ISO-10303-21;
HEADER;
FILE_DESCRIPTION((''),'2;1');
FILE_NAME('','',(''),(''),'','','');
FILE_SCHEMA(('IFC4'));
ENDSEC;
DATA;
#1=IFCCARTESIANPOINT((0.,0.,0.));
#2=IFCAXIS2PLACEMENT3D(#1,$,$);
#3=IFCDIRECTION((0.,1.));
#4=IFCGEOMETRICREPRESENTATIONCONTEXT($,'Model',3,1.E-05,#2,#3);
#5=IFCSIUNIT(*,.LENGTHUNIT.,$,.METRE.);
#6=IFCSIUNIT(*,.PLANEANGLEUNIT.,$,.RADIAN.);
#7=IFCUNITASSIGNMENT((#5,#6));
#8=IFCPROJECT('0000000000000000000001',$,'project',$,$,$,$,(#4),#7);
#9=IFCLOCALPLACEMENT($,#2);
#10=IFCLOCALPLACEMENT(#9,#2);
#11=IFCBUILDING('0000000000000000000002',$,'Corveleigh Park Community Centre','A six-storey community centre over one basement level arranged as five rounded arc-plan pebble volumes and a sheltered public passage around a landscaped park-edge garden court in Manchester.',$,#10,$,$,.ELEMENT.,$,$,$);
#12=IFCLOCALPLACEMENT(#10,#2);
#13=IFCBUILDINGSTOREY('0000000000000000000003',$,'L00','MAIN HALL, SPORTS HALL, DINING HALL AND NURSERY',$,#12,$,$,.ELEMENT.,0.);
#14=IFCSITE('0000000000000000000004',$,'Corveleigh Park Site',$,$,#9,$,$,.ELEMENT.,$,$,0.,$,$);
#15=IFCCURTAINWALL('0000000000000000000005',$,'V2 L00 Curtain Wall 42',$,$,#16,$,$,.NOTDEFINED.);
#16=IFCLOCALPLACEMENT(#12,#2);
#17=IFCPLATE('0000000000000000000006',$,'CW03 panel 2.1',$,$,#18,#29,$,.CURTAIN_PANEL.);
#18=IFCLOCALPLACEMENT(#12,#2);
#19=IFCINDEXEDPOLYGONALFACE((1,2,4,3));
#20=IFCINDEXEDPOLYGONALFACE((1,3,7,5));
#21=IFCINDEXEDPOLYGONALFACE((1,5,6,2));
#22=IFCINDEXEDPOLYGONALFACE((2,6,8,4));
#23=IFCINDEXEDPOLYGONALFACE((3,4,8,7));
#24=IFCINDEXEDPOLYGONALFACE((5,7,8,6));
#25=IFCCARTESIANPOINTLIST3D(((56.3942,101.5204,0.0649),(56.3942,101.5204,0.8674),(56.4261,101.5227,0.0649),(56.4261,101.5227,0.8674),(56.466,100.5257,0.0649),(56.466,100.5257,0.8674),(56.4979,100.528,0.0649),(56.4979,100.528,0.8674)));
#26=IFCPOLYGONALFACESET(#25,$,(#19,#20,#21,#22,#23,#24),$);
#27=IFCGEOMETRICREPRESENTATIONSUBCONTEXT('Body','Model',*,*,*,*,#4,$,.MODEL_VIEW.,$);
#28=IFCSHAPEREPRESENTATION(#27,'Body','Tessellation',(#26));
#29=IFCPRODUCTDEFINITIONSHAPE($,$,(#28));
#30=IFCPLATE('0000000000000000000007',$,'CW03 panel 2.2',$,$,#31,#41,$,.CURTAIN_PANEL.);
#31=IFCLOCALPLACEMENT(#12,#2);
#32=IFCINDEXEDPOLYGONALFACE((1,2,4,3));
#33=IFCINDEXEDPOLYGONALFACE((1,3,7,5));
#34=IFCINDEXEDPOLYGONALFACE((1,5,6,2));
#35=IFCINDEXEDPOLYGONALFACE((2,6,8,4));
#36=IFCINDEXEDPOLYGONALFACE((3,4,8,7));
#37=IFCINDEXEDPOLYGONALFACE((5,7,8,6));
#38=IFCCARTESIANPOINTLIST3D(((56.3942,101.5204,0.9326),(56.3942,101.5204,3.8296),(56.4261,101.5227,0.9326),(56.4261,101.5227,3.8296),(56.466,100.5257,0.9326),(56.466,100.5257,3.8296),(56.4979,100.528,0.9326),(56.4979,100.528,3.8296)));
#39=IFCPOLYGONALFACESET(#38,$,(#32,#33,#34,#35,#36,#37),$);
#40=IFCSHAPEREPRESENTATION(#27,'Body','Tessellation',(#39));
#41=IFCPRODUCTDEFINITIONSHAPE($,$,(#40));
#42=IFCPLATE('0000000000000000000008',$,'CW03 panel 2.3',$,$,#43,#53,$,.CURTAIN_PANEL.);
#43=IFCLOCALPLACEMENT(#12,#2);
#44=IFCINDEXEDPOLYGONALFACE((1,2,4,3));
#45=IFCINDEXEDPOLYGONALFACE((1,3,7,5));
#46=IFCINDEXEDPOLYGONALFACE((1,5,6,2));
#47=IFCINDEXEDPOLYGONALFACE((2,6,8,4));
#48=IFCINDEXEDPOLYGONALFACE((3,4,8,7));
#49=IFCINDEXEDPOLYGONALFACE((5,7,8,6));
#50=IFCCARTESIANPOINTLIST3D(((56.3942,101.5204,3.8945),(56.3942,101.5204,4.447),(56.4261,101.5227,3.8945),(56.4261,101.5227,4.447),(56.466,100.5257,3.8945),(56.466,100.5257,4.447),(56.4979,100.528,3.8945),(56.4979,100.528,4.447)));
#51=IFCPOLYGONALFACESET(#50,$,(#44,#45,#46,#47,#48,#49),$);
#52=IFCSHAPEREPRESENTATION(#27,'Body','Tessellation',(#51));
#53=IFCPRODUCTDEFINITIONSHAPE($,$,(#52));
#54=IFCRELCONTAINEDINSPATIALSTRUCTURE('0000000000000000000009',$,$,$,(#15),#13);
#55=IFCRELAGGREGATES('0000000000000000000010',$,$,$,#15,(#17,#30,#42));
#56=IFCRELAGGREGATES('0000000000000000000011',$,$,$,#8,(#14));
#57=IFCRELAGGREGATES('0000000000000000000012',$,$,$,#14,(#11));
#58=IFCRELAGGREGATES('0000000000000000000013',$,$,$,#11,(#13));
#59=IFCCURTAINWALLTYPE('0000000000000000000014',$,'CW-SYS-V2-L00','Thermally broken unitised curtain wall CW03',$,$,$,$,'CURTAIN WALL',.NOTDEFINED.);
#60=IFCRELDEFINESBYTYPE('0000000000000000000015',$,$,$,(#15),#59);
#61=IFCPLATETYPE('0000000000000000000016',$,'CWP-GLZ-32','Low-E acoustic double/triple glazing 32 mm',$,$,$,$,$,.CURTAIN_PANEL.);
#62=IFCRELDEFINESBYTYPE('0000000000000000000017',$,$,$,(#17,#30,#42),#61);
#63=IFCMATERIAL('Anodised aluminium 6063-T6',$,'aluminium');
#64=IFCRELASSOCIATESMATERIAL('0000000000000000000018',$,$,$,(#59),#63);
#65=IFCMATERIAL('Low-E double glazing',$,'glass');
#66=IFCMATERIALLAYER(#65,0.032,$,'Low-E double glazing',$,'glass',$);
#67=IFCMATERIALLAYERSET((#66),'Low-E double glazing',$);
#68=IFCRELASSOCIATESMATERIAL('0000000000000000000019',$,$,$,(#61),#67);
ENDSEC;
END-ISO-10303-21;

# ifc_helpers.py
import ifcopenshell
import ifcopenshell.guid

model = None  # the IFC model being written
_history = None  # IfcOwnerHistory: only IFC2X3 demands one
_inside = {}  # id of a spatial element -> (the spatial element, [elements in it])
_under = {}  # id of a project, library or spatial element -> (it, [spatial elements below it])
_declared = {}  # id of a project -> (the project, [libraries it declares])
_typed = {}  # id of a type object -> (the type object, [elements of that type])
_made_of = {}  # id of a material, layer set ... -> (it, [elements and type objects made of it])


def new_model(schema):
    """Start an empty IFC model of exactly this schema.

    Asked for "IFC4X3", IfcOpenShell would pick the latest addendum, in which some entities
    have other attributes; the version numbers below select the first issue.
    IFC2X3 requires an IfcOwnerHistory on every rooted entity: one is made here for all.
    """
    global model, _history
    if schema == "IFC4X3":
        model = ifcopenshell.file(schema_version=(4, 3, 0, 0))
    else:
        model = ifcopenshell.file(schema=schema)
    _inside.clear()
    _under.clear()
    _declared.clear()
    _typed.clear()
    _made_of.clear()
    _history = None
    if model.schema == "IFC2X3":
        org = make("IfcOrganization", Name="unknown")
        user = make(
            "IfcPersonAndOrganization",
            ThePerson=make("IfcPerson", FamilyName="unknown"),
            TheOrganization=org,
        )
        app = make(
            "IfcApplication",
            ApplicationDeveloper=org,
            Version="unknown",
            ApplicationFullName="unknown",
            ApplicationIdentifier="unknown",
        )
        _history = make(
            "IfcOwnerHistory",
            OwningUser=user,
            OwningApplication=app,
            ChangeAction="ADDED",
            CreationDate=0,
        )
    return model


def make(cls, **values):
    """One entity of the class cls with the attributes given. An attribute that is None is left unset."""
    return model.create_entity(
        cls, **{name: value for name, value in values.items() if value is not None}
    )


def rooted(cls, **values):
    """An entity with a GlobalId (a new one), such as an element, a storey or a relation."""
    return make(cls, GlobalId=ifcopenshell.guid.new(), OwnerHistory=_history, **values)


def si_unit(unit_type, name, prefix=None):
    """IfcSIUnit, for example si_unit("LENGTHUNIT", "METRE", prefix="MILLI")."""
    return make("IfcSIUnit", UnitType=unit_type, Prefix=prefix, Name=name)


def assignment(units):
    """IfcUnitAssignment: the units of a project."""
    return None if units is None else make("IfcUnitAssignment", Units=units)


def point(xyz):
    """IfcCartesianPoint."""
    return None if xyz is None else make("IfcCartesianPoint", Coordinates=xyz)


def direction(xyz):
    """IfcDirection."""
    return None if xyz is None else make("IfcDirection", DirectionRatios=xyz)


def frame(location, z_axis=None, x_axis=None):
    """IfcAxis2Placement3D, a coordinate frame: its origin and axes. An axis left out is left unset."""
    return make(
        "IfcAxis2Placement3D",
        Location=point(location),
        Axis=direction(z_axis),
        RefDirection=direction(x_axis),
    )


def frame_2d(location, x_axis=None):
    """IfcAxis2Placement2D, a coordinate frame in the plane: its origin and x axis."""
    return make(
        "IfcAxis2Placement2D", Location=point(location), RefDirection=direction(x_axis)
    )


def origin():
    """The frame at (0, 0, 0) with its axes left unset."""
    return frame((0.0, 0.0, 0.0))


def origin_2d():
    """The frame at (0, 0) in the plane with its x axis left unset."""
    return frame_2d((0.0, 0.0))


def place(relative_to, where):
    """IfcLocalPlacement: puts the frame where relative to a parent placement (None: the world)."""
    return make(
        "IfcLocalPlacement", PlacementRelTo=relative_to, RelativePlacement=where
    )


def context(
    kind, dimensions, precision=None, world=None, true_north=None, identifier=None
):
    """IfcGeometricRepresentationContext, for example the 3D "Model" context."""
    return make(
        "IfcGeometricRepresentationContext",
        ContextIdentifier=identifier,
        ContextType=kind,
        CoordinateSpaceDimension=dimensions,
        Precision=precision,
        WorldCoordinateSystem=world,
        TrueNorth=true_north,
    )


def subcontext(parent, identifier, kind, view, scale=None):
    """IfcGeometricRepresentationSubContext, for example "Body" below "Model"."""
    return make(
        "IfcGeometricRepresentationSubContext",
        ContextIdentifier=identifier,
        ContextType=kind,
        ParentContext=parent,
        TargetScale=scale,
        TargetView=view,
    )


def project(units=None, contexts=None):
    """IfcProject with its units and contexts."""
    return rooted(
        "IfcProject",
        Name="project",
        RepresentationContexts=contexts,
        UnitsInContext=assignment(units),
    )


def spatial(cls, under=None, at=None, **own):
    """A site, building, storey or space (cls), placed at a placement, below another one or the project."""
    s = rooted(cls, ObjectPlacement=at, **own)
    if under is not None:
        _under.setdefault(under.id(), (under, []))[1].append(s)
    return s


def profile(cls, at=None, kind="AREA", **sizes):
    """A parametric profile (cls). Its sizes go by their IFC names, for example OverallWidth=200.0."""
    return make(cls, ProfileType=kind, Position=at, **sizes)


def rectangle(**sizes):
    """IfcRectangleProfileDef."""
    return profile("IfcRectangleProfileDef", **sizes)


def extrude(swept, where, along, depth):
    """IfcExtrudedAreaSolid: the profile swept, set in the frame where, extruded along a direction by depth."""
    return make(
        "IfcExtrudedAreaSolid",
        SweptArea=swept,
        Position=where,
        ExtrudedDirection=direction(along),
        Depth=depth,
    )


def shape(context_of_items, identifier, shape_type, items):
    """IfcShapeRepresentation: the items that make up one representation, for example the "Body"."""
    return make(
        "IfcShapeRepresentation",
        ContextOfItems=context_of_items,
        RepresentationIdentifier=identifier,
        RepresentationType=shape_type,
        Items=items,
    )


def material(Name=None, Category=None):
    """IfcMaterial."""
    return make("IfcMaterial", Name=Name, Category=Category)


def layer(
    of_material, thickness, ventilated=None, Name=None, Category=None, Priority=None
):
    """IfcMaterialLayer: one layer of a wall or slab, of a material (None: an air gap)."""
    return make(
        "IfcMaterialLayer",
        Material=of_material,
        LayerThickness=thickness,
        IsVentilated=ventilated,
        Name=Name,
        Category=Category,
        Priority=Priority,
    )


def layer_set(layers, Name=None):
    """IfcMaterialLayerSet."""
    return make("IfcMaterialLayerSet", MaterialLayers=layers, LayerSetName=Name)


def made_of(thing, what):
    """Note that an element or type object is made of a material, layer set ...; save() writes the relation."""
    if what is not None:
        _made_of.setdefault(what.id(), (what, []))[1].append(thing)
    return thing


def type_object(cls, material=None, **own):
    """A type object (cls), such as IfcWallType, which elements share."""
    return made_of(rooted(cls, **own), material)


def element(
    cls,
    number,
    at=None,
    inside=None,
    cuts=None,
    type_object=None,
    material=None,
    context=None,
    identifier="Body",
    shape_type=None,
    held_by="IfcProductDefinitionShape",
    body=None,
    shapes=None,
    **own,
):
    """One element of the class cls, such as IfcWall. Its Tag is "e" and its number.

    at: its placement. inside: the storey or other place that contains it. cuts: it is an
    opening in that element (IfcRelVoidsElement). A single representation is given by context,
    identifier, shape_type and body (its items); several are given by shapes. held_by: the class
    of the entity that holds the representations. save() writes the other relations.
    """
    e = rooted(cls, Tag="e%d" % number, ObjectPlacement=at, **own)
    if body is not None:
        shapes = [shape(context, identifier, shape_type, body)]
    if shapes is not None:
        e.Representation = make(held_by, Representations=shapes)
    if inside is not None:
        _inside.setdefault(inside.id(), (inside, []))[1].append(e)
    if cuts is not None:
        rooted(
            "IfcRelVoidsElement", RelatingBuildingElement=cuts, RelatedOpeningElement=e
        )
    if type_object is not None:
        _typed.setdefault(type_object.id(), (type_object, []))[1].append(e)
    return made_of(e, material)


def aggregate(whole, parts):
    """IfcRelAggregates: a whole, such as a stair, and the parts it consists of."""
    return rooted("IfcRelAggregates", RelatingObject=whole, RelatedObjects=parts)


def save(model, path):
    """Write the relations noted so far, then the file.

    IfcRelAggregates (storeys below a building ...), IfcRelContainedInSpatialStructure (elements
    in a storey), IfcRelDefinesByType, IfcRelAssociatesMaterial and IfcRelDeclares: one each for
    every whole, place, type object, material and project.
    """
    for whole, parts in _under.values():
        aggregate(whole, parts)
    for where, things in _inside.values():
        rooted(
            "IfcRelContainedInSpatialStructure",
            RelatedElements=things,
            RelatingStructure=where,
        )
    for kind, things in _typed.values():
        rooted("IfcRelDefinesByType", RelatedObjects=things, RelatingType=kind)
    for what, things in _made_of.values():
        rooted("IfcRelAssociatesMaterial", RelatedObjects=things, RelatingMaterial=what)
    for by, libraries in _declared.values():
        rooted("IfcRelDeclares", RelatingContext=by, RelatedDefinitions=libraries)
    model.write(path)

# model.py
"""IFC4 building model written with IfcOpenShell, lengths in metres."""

from ifc_helpers import new_model, si_unit, direction, frame, origin, origin_2d, place, context, subcontext, project, spatial, rectangle, extrude, material, layer, layer_set, type_object, element, aggregate, save


model = new_model("IFC4")

# Units and contexts
model_context = context("Model", 3, precision=1e-05, world=origin(), true_north=direction((0.0, 1.0)))
body_context = subcontext(model_context, "Body", "Model", "MODEL_VIEW")
ifc_project = project(units=[si_unit("LENGTHUNIT", "METRE"), si_unit("PLANEANGLEUNIT", "RADIAN")], contexts=[model_context])

# Site, building, storey
site_placement = place(None, origin())
site = spatial("IfcSite", under=ifc_project, at=site_placement, Name="Corveleigh Park Site", CompositionType="ELEMENT", RefElevation=0.0)
building_placement = place(site_placement, origin())
building = spatial("IfcBuilding", under=site, at=building_placement, Name="Corveleigh Park Community Centre", Description="A six-storey community centre over one basement level arranged as five rounded arc-plan pebble volumes and a sheltered public passage around a landscaped park-edge garden court in Manchester.", CompositionType="ELEMENT")
storey_placement = place(building_placement, origin())
storey = spatial("IfcBuildingStorey", under=building, at=storey_placement, Name="L00", Description="MAIN HALL, SPORTS HALL, DINING HALL AND NURSERY", CompositionType="ELEMENT", Elevation=0.0)

# Curtain wall
ifc_material_1 = material(Name="Anodised aluminium 6063-T6", Category="aluminium")
curtain_wall_type = type_object("IfcCurtainWallType", Name="CW-SYS-V2-L00", Description="Thermally broken unitised curtain wall CW03", ElementType="CURTAIN WALL", PredefinedType="NOTDEFINED", material=ifc_material_1)
curtain_wall_1_placement = place(storey_placement, origin())
curtain_wall_1 = element("IfcCurtainWall", 1, at=curtain_wall_1_placement, inside=storey, type_object=curtain_wall_type, Name="V2 L00 Curtain Wall 42", PredefinedType="NOTDEFINED")

# Plates
ifc_material_2 = material(Name="Low-E double glazing", Category="glass")
ifc_layer = layer(ifc_material_2, 0.032, Name="Low-E double glazing", Category="glass")
ifc_layer_set = layer_set([ifc_layer], Name="Low-E double glazing")
plate_type = type_object("IfcPlateType", Name="CWP-GLZ-32", Description="Low-E acoustic double/triple glazing 32 mm", PredefinedType="CURTAIN_PANEL", material=ifc_layer_set)
plate_1_placement = place(storey_placement, frame((56.446, 101.0242, 0.0649), z_axis=(0.0, 0.0, 1.0), x_axis=(0.072005, -0.997404, 0.0)))
plate_1 = element("IfcPlate", 2, at=plate_1_placement, type_object=plate_type, Name="CW03 panel 2.1", PredefinedType="CURTAIN_PANEL", context=body_context, shape_type="SweptSolid", body=[
    extrude(rectangle(XDim=0.9973, YDim=0.032, at=origin_2d()), origin(), (0.0, 0.0, 1.0), 0.8025),
])
plate_2_placement = place(storey_placement, frame((56.446, 101.0242, 0.9326), z_axis=(0.0, 0.0, 1.0), x_axis=(0.072005, -0.997404, 0.0)))
plate_2 = element("IfcPlate", 3, at=plate_2_placement, type_object=plate_type, Name="CW03 panel 2.2", PredefinedType="CURTAIN_PANEL", context=body_context, shape_type="SweptSolid", body=[
    extrude(rectangle(XDim=0.9973, YDim=0.032, at=origin_2d()), origin(), (0.0, 0.0, 1.0), 2.897),
])
plate_3_placement = place(storey_placement, frame((56.446, 101.0242, 3.8945), z_axis=(0.0, 0.0, 1.0), x_axis=(0.072005, -0.997404, 0.0)))
plate_3 = element("IfcPlate", 4, at=plate_3_placement, type_object=plate_type, Name="CW03 panel 2.3", PredefinedType="CURTAIN_PANEL", context=body_context, shape_type="SweptSolid", body=[
    extrude(rectangle(XDim=0.9973, YDim=0.032, at=origin_2d()), origin(), (0.0, 0.0, 1.0), 0.5525),
])
aggregate(curtain_wall_1, [plate_1, plate_2, plate_3])

save(model, "model.ifc")
